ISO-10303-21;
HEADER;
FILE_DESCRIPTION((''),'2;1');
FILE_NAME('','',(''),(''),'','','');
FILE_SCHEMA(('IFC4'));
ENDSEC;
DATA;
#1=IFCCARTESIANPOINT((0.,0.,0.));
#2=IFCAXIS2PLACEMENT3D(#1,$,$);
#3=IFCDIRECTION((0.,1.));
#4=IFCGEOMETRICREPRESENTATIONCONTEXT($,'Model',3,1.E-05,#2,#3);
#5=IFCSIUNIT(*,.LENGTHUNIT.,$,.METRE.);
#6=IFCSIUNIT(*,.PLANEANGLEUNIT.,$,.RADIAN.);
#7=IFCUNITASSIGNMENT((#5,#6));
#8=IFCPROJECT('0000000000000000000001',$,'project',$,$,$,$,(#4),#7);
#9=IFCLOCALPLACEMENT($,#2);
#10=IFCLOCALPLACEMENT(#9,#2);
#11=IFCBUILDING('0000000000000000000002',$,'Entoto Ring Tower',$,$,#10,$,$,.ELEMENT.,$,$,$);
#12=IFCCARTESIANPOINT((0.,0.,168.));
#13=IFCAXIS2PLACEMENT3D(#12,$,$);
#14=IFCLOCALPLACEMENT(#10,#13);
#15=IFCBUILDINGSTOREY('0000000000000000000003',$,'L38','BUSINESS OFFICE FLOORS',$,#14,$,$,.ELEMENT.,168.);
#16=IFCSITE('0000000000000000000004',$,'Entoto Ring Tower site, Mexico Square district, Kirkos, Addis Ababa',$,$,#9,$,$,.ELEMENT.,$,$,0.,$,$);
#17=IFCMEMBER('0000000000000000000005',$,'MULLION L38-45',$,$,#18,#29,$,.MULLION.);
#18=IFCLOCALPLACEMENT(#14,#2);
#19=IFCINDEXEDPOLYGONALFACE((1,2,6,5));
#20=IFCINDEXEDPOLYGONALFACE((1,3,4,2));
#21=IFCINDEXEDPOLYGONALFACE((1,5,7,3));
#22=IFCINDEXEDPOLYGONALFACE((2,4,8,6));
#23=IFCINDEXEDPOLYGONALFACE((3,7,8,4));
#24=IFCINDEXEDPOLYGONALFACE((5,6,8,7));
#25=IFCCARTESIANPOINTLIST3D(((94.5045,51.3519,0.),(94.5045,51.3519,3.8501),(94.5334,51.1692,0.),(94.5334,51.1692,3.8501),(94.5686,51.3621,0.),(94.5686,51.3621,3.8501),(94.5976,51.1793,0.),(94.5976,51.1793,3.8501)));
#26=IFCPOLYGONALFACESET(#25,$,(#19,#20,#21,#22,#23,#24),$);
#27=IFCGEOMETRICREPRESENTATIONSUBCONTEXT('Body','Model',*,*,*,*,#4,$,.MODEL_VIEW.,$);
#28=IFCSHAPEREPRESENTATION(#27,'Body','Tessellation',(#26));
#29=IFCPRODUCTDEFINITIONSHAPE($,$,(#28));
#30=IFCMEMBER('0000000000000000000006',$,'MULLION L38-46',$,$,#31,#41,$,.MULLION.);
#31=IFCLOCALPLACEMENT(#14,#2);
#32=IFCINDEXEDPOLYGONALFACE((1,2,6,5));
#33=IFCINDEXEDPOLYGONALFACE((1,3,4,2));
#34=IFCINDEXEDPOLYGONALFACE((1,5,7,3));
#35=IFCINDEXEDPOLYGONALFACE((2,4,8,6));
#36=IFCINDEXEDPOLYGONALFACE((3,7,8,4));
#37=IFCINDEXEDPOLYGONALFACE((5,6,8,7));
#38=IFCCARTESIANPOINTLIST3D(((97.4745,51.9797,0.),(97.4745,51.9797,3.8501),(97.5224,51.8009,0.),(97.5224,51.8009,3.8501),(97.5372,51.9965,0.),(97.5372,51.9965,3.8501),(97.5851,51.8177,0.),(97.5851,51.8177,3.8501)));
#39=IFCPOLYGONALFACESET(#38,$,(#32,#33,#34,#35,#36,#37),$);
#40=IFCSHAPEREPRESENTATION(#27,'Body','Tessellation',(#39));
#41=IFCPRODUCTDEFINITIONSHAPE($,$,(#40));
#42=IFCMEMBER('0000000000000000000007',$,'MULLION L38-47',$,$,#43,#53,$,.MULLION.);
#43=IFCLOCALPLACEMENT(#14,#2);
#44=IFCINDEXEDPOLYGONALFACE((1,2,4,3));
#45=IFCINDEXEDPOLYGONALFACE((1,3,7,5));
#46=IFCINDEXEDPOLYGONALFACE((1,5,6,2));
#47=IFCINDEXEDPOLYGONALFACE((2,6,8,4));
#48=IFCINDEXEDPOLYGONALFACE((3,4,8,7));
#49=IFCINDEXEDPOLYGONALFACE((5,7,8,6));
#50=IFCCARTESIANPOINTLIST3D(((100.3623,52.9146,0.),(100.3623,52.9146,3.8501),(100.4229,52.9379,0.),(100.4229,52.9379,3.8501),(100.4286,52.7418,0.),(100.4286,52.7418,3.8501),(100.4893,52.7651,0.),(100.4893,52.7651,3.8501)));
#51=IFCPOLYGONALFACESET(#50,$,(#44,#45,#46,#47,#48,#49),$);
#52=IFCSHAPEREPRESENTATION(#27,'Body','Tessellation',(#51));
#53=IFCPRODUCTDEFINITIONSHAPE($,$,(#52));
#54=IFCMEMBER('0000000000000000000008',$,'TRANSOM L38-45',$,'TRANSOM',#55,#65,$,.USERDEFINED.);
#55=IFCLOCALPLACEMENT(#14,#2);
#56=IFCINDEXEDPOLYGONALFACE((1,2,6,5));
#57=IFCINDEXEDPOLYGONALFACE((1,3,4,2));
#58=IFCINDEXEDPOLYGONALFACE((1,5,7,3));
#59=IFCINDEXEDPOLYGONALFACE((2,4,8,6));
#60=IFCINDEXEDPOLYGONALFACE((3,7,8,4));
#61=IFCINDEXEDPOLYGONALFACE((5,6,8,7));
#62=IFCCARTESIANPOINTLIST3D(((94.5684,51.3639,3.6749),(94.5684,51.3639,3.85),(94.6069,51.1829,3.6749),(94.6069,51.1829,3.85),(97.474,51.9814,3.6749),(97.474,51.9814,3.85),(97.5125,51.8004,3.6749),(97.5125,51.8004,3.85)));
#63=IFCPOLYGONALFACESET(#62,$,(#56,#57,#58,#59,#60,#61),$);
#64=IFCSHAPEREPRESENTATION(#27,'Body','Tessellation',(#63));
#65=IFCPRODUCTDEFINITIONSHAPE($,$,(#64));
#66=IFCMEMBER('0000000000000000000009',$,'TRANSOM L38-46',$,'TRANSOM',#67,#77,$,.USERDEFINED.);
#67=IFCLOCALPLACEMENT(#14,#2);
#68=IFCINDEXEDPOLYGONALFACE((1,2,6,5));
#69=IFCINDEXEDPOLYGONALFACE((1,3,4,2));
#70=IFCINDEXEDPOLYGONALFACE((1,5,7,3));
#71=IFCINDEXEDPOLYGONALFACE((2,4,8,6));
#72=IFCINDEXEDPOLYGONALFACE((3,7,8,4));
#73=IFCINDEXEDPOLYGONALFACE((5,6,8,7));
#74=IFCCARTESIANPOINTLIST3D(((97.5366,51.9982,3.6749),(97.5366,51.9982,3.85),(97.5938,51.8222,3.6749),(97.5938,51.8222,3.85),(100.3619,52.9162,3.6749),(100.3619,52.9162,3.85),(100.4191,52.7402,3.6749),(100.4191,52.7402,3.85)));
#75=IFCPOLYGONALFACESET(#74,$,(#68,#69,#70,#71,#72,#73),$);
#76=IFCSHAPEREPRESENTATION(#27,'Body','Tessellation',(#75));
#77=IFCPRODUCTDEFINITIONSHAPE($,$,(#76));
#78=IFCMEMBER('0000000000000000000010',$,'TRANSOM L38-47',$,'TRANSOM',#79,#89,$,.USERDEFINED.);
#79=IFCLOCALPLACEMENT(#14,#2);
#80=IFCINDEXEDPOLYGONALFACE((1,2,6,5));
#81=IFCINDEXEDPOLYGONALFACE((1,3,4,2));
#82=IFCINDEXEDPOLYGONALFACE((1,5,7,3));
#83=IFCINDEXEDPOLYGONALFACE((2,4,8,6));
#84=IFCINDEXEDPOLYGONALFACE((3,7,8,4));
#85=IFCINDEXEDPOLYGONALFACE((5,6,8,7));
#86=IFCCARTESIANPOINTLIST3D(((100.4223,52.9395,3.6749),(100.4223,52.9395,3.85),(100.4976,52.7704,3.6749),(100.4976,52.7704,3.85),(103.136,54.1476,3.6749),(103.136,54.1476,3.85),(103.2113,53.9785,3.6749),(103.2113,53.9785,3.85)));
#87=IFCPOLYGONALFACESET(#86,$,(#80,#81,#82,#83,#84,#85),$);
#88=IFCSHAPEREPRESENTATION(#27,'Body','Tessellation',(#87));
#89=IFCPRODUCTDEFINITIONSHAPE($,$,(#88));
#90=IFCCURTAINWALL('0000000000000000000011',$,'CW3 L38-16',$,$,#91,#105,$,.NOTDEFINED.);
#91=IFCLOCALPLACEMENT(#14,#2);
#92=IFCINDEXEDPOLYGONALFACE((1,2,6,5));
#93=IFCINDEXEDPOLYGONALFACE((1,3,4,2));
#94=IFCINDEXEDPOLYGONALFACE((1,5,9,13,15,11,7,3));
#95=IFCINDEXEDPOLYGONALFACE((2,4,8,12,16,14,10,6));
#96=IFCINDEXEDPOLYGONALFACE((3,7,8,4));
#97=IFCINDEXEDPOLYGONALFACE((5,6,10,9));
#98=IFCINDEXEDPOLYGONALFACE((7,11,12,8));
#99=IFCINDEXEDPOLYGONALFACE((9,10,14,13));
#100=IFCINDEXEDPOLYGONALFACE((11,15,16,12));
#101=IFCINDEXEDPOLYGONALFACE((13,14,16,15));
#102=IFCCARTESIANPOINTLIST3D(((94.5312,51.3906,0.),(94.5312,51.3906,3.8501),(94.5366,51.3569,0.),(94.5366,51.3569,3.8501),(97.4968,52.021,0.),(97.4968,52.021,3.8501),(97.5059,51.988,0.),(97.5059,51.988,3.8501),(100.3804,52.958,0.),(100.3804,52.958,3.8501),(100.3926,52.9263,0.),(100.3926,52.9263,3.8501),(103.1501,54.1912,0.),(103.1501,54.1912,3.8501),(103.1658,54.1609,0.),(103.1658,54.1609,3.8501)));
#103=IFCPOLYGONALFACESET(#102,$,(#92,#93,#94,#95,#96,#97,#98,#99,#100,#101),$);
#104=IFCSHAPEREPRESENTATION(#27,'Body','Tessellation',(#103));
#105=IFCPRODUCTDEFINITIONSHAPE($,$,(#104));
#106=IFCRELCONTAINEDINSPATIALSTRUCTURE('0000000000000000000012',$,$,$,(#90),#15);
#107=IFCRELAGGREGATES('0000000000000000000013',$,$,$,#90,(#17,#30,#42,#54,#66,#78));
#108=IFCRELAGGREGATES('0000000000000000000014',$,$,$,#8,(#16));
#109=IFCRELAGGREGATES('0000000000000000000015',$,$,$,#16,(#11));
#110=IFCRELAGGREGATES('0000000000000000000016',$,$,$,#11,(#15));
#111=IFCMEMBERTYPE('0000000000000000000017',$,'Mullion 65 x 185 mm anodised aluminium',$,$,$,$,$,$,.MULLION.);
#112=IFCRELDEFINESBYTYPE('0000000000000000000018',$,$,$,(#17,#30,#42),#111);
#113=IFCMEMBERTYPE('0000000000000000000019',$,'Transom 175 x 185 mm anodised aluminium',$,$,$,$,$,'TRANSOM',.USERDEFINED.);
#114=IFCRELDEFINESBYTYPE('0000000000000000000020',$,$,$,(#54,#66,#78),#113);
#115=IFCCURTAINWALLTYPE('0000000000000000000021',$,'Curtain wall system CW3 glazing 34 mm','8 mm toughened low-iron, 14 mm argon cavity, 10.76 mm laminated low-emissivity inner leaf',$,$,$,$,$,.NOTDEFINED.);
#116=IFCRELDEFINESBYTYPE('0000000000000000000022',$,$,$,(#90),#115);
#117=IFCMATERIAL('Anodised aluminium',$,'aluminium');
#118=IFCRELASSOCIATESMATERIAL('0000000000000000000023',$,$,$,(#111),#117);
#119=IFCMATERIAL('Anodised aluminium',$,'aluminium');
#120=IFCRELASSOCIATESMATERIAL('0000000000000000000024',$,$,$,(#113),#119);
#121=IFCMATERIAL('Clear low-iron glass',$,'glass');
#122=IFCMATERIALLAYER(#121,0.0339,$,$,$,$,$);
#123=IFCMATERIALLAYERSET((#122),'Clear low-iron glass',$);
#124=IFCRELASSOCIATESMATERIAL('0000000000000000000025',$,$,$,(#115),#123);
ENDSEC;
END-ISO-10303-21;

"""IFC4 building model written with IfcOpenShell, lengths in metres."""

from ifc_helpers import new_model, si_unit, direction, frame, origin, origin_2d, place, context, subcontext, project, spatial, polyline, rectangle, outline, extrude, material, layer, layer_set, material_profile, profile_set, type_object, element, aggregate, save


model = new_model("IFC4")

# Units and contexts
model_context = context("Model", 3, precision=1e-05, world=origin(), true_north=direction((0.0, 1.0)))
body_context = subcontext(model_context, "Body", "Model", "MODEL_VIEW")
ifc_project = project(units=[si_unit("LENGTHUNIT", "METRE"), si_unit("PLANEANGLEUNIT", "RADIAN")], contexts=[model_context])

# Members
ifc_material_1 = material(Name="Anodised aluminium", Category="aluminium")
ifc_material_profile_1 = material_profile(ifc_material_1, rectangle(XDim=0.0649, YDim=0.1851, at=origin_2d()), Name="Mullion 65 x 185 mm anodised aluminium")
ifc_profile_set_1 = profile_set([ifc_material_profile_1], Name="Anodised aluminium")
member_type_1 = type_object("IfcMemberType", Name="Mullion 65 x 185 mm anodised aluminium", PredefinedType="MULLION", material=ifc_profile_set_1)
site_placement = place(None, origin())
building_placement = place(site_placement, origin())
storey_placement = place(building_placement, frame((0.0, 0.0, 168.0)))
member_1_placement = place(storey_placement, frame((94.551, 51.2656, 0.0), z_axis=(0.0, 0.0, 1.0), x_axis=(0.987688, 0.156434, 0.0)))
member_1 = element("IfcMember", 1, at=member_1_placement, type_object=member_type_1, Name="MULLION L38-45", PredefinedType="MULLION", context=body_context, shape_type="SweptSolid", body=[
    extrude(rectangle(XDim=0.0649, YDim=0.1851, at=origin_2d()), origin(), (0.0, 0.0, 1.0), 3.8501),
])
member_2_placement = place(storey_placement, frame((97.5298, 51.8987, 0.0), z_axis=(0.0, 0.0, 1.0), x_axis=(0.965926, 0.258819, 0.0)))
member_2 = element("IfcMember", 2, at=member_2_placement, type_object=member_type_1, Name="MULLION L38-46", PredefinedType="MULLION", context=body_context, shape_type="SweptSolid", body=[
    extrude(rectangle(XDim=0.0649, YDim=0.1851, at=origin_2d()), origin(), (0.0, 0.0, 1.0), 3.8501),
])
member_3_placement = place(storey_placement, frame((100.4258, 52.8398, 0.0), z_axis=(0.0, 0.0, 1.0), x_axis=(0.93358, 0.358368, 0.0)))
member_3 = element("IfcMember", 3, at=member_3_placement, type_object=member_type_1, Name="MULLION L38-47", PredefinedType="MULLION", context=body_context, shape_type="SweptSolid", body=[
    extrude(rectangle(XDim=0.0649, YDim=0.1851, at=origin_2d()), origin(), (0.0, 0.0, 1.0), 3.8501),
])
ifc_material_2 = material(Name="Anodised aluminium", Category="aluminium")
ifc_material_profile_2 = material_profile(ifc_material_2, rectangle(XDim=0.1851, YDim=0.175, at=origin_2d()), Name="Transom 175 x 185 mm anodised aluminium")
ifc_profile_set_2 = profile_set([ifc_material_profile_2], Name="Anodised aluminium")
member_type_2 = type_object("IfcMemberType", Name="Transom 175 x 185 mm anodised aluminium", ElementType="TRANSOM", PredefinedType="USERDEFINED", material=ifc_profile_set_2)
member_4_placement = place(storey_placement, frame((94.5876, 51.2734, 3.7625), z_axis=(0.978158, 0.207862, 0.0), x_axis=(-0.207862, 0.978158, 0.0)))
member_4 = element("IfcMember", 4, at=member_4_placement, type_object=member_type_2, Name="TRANSOM L38-45", ObjectType="TRANSOM", PredefinedType="USERDEFINED", context=body_context, shape_type="SweptSolid", body=[
    extrude(rectangle(XDim=0.1851, YDim=0.175, at=origin_2d()), origin(), (0.0, 0.0, 1.0), 2.9705),
])
member_5_placement = place(storey_placement, frame((97.5652, 51.9102, 3.7625), z_axis=(0.951056, 0.309019, 0.0), x_axis=(-0.309019, 0.951056, 0.0)))
member_5 = element("IfcMember", 5, at=member_5_placement, type_object=member_type_2, Name="TRANSOM L38-46", ObjectType="TRANSOM", PredefinedType="USERDEFINED", context=body_context, shape_type="SweptSolid", body=[
    extrude(rectangle(XDim=0.1851, YDim=0.175, at=origin_2d()), origin(), (0.0, 0.0, 1.0), 2.9707),
])
member_6_placement = place(storey_placement, frame((100.46, 52.855, 3.7625), z_axis=(0.913567, 0.406687, 0.0), x_axis=(-0.406687, 0.913567, 0.0)))
member_6 = element("IfcMember", 6, at=member_6_placement, type_object=member_type_2, Name="TRANSOM L38-47", ObjectType="TRANSOM", PredefinedType="USERDEFINED", context=body_context, shape_type="SweptSolid", body=[
    extrude(rectangle(XDim=0.1851, YDim=0.175, at=origin_2d()), origin(), (0.0, 0.0, 1.0), 2.9705),
])

# Site, building, storey
site = spatial("IfcSite", under=ifc_project, at=site_placement, Name="Entoto Ring Tower site, Mexico Square district, Kirkos, Addis Ababa", CompositionType="ELEMENT", RefElevation=0.0)
building = spatial("IfcBuilding", under=site, at=building_placement, Name="Entoto Ring Tower", CompositionType="ELEMENT")
storey = spatial("IfcBuildingStorey", under=building, at=storey_placement, Name="L38", Description="BUSINESS OFFICE FLOORS", CompositionType="ELEMENT", Elevation=168.0)

# Curtain wall
ifc_material_3 = material(Name="Clear low-iron glass", Category="glass")
ifc_layer_1 = layer(ifc_material_3, 0.0339)
ifc_layer_set_1 = layer_set([ifc_layer_1], Name="Clear low-iron glass")
curtain_wall_type = type_object("IfcCurtainWallType", Name="Curtain wall system CW3 glazing 34 mm", Description="8 mm toughened low-iron, 14 mm argon cavity, 10.76 mm laminated low-emissivity inner leaf", PredefinedType="NOTDEFINED", material=ifc_layer_set_1)
curtain_wall_1_placement = place(storey_placement, origin())
curtain_wall_1 = element("IfcCurtainWall", 7, at=curtain_wall_1_placement, inside=storey, type_object=curtain_wall_type, Name="CW3 L38-16", PredefinedType="NOTDEFINED", context=body_context, shape_type="SweptSolid", body=[
    extrude(outline(polyline([(94.5366, 51.3569), (97.5059, 51.988), (100.3926, 52.9263), (103.1658, 54.1609), (103.1501, 54.1912), (100.3804, 52.958), (97.4968, 52.021), (94.5312, 51.3906), (94.5366, 51.3569)])), origin(), (0.0, 0.0, 1.0), 3.8501),
])
aggregate(curtain_wall_1, [member_1, member_2, member_3, member_4, member_5, member_6])

save(model, "model.ifc")
